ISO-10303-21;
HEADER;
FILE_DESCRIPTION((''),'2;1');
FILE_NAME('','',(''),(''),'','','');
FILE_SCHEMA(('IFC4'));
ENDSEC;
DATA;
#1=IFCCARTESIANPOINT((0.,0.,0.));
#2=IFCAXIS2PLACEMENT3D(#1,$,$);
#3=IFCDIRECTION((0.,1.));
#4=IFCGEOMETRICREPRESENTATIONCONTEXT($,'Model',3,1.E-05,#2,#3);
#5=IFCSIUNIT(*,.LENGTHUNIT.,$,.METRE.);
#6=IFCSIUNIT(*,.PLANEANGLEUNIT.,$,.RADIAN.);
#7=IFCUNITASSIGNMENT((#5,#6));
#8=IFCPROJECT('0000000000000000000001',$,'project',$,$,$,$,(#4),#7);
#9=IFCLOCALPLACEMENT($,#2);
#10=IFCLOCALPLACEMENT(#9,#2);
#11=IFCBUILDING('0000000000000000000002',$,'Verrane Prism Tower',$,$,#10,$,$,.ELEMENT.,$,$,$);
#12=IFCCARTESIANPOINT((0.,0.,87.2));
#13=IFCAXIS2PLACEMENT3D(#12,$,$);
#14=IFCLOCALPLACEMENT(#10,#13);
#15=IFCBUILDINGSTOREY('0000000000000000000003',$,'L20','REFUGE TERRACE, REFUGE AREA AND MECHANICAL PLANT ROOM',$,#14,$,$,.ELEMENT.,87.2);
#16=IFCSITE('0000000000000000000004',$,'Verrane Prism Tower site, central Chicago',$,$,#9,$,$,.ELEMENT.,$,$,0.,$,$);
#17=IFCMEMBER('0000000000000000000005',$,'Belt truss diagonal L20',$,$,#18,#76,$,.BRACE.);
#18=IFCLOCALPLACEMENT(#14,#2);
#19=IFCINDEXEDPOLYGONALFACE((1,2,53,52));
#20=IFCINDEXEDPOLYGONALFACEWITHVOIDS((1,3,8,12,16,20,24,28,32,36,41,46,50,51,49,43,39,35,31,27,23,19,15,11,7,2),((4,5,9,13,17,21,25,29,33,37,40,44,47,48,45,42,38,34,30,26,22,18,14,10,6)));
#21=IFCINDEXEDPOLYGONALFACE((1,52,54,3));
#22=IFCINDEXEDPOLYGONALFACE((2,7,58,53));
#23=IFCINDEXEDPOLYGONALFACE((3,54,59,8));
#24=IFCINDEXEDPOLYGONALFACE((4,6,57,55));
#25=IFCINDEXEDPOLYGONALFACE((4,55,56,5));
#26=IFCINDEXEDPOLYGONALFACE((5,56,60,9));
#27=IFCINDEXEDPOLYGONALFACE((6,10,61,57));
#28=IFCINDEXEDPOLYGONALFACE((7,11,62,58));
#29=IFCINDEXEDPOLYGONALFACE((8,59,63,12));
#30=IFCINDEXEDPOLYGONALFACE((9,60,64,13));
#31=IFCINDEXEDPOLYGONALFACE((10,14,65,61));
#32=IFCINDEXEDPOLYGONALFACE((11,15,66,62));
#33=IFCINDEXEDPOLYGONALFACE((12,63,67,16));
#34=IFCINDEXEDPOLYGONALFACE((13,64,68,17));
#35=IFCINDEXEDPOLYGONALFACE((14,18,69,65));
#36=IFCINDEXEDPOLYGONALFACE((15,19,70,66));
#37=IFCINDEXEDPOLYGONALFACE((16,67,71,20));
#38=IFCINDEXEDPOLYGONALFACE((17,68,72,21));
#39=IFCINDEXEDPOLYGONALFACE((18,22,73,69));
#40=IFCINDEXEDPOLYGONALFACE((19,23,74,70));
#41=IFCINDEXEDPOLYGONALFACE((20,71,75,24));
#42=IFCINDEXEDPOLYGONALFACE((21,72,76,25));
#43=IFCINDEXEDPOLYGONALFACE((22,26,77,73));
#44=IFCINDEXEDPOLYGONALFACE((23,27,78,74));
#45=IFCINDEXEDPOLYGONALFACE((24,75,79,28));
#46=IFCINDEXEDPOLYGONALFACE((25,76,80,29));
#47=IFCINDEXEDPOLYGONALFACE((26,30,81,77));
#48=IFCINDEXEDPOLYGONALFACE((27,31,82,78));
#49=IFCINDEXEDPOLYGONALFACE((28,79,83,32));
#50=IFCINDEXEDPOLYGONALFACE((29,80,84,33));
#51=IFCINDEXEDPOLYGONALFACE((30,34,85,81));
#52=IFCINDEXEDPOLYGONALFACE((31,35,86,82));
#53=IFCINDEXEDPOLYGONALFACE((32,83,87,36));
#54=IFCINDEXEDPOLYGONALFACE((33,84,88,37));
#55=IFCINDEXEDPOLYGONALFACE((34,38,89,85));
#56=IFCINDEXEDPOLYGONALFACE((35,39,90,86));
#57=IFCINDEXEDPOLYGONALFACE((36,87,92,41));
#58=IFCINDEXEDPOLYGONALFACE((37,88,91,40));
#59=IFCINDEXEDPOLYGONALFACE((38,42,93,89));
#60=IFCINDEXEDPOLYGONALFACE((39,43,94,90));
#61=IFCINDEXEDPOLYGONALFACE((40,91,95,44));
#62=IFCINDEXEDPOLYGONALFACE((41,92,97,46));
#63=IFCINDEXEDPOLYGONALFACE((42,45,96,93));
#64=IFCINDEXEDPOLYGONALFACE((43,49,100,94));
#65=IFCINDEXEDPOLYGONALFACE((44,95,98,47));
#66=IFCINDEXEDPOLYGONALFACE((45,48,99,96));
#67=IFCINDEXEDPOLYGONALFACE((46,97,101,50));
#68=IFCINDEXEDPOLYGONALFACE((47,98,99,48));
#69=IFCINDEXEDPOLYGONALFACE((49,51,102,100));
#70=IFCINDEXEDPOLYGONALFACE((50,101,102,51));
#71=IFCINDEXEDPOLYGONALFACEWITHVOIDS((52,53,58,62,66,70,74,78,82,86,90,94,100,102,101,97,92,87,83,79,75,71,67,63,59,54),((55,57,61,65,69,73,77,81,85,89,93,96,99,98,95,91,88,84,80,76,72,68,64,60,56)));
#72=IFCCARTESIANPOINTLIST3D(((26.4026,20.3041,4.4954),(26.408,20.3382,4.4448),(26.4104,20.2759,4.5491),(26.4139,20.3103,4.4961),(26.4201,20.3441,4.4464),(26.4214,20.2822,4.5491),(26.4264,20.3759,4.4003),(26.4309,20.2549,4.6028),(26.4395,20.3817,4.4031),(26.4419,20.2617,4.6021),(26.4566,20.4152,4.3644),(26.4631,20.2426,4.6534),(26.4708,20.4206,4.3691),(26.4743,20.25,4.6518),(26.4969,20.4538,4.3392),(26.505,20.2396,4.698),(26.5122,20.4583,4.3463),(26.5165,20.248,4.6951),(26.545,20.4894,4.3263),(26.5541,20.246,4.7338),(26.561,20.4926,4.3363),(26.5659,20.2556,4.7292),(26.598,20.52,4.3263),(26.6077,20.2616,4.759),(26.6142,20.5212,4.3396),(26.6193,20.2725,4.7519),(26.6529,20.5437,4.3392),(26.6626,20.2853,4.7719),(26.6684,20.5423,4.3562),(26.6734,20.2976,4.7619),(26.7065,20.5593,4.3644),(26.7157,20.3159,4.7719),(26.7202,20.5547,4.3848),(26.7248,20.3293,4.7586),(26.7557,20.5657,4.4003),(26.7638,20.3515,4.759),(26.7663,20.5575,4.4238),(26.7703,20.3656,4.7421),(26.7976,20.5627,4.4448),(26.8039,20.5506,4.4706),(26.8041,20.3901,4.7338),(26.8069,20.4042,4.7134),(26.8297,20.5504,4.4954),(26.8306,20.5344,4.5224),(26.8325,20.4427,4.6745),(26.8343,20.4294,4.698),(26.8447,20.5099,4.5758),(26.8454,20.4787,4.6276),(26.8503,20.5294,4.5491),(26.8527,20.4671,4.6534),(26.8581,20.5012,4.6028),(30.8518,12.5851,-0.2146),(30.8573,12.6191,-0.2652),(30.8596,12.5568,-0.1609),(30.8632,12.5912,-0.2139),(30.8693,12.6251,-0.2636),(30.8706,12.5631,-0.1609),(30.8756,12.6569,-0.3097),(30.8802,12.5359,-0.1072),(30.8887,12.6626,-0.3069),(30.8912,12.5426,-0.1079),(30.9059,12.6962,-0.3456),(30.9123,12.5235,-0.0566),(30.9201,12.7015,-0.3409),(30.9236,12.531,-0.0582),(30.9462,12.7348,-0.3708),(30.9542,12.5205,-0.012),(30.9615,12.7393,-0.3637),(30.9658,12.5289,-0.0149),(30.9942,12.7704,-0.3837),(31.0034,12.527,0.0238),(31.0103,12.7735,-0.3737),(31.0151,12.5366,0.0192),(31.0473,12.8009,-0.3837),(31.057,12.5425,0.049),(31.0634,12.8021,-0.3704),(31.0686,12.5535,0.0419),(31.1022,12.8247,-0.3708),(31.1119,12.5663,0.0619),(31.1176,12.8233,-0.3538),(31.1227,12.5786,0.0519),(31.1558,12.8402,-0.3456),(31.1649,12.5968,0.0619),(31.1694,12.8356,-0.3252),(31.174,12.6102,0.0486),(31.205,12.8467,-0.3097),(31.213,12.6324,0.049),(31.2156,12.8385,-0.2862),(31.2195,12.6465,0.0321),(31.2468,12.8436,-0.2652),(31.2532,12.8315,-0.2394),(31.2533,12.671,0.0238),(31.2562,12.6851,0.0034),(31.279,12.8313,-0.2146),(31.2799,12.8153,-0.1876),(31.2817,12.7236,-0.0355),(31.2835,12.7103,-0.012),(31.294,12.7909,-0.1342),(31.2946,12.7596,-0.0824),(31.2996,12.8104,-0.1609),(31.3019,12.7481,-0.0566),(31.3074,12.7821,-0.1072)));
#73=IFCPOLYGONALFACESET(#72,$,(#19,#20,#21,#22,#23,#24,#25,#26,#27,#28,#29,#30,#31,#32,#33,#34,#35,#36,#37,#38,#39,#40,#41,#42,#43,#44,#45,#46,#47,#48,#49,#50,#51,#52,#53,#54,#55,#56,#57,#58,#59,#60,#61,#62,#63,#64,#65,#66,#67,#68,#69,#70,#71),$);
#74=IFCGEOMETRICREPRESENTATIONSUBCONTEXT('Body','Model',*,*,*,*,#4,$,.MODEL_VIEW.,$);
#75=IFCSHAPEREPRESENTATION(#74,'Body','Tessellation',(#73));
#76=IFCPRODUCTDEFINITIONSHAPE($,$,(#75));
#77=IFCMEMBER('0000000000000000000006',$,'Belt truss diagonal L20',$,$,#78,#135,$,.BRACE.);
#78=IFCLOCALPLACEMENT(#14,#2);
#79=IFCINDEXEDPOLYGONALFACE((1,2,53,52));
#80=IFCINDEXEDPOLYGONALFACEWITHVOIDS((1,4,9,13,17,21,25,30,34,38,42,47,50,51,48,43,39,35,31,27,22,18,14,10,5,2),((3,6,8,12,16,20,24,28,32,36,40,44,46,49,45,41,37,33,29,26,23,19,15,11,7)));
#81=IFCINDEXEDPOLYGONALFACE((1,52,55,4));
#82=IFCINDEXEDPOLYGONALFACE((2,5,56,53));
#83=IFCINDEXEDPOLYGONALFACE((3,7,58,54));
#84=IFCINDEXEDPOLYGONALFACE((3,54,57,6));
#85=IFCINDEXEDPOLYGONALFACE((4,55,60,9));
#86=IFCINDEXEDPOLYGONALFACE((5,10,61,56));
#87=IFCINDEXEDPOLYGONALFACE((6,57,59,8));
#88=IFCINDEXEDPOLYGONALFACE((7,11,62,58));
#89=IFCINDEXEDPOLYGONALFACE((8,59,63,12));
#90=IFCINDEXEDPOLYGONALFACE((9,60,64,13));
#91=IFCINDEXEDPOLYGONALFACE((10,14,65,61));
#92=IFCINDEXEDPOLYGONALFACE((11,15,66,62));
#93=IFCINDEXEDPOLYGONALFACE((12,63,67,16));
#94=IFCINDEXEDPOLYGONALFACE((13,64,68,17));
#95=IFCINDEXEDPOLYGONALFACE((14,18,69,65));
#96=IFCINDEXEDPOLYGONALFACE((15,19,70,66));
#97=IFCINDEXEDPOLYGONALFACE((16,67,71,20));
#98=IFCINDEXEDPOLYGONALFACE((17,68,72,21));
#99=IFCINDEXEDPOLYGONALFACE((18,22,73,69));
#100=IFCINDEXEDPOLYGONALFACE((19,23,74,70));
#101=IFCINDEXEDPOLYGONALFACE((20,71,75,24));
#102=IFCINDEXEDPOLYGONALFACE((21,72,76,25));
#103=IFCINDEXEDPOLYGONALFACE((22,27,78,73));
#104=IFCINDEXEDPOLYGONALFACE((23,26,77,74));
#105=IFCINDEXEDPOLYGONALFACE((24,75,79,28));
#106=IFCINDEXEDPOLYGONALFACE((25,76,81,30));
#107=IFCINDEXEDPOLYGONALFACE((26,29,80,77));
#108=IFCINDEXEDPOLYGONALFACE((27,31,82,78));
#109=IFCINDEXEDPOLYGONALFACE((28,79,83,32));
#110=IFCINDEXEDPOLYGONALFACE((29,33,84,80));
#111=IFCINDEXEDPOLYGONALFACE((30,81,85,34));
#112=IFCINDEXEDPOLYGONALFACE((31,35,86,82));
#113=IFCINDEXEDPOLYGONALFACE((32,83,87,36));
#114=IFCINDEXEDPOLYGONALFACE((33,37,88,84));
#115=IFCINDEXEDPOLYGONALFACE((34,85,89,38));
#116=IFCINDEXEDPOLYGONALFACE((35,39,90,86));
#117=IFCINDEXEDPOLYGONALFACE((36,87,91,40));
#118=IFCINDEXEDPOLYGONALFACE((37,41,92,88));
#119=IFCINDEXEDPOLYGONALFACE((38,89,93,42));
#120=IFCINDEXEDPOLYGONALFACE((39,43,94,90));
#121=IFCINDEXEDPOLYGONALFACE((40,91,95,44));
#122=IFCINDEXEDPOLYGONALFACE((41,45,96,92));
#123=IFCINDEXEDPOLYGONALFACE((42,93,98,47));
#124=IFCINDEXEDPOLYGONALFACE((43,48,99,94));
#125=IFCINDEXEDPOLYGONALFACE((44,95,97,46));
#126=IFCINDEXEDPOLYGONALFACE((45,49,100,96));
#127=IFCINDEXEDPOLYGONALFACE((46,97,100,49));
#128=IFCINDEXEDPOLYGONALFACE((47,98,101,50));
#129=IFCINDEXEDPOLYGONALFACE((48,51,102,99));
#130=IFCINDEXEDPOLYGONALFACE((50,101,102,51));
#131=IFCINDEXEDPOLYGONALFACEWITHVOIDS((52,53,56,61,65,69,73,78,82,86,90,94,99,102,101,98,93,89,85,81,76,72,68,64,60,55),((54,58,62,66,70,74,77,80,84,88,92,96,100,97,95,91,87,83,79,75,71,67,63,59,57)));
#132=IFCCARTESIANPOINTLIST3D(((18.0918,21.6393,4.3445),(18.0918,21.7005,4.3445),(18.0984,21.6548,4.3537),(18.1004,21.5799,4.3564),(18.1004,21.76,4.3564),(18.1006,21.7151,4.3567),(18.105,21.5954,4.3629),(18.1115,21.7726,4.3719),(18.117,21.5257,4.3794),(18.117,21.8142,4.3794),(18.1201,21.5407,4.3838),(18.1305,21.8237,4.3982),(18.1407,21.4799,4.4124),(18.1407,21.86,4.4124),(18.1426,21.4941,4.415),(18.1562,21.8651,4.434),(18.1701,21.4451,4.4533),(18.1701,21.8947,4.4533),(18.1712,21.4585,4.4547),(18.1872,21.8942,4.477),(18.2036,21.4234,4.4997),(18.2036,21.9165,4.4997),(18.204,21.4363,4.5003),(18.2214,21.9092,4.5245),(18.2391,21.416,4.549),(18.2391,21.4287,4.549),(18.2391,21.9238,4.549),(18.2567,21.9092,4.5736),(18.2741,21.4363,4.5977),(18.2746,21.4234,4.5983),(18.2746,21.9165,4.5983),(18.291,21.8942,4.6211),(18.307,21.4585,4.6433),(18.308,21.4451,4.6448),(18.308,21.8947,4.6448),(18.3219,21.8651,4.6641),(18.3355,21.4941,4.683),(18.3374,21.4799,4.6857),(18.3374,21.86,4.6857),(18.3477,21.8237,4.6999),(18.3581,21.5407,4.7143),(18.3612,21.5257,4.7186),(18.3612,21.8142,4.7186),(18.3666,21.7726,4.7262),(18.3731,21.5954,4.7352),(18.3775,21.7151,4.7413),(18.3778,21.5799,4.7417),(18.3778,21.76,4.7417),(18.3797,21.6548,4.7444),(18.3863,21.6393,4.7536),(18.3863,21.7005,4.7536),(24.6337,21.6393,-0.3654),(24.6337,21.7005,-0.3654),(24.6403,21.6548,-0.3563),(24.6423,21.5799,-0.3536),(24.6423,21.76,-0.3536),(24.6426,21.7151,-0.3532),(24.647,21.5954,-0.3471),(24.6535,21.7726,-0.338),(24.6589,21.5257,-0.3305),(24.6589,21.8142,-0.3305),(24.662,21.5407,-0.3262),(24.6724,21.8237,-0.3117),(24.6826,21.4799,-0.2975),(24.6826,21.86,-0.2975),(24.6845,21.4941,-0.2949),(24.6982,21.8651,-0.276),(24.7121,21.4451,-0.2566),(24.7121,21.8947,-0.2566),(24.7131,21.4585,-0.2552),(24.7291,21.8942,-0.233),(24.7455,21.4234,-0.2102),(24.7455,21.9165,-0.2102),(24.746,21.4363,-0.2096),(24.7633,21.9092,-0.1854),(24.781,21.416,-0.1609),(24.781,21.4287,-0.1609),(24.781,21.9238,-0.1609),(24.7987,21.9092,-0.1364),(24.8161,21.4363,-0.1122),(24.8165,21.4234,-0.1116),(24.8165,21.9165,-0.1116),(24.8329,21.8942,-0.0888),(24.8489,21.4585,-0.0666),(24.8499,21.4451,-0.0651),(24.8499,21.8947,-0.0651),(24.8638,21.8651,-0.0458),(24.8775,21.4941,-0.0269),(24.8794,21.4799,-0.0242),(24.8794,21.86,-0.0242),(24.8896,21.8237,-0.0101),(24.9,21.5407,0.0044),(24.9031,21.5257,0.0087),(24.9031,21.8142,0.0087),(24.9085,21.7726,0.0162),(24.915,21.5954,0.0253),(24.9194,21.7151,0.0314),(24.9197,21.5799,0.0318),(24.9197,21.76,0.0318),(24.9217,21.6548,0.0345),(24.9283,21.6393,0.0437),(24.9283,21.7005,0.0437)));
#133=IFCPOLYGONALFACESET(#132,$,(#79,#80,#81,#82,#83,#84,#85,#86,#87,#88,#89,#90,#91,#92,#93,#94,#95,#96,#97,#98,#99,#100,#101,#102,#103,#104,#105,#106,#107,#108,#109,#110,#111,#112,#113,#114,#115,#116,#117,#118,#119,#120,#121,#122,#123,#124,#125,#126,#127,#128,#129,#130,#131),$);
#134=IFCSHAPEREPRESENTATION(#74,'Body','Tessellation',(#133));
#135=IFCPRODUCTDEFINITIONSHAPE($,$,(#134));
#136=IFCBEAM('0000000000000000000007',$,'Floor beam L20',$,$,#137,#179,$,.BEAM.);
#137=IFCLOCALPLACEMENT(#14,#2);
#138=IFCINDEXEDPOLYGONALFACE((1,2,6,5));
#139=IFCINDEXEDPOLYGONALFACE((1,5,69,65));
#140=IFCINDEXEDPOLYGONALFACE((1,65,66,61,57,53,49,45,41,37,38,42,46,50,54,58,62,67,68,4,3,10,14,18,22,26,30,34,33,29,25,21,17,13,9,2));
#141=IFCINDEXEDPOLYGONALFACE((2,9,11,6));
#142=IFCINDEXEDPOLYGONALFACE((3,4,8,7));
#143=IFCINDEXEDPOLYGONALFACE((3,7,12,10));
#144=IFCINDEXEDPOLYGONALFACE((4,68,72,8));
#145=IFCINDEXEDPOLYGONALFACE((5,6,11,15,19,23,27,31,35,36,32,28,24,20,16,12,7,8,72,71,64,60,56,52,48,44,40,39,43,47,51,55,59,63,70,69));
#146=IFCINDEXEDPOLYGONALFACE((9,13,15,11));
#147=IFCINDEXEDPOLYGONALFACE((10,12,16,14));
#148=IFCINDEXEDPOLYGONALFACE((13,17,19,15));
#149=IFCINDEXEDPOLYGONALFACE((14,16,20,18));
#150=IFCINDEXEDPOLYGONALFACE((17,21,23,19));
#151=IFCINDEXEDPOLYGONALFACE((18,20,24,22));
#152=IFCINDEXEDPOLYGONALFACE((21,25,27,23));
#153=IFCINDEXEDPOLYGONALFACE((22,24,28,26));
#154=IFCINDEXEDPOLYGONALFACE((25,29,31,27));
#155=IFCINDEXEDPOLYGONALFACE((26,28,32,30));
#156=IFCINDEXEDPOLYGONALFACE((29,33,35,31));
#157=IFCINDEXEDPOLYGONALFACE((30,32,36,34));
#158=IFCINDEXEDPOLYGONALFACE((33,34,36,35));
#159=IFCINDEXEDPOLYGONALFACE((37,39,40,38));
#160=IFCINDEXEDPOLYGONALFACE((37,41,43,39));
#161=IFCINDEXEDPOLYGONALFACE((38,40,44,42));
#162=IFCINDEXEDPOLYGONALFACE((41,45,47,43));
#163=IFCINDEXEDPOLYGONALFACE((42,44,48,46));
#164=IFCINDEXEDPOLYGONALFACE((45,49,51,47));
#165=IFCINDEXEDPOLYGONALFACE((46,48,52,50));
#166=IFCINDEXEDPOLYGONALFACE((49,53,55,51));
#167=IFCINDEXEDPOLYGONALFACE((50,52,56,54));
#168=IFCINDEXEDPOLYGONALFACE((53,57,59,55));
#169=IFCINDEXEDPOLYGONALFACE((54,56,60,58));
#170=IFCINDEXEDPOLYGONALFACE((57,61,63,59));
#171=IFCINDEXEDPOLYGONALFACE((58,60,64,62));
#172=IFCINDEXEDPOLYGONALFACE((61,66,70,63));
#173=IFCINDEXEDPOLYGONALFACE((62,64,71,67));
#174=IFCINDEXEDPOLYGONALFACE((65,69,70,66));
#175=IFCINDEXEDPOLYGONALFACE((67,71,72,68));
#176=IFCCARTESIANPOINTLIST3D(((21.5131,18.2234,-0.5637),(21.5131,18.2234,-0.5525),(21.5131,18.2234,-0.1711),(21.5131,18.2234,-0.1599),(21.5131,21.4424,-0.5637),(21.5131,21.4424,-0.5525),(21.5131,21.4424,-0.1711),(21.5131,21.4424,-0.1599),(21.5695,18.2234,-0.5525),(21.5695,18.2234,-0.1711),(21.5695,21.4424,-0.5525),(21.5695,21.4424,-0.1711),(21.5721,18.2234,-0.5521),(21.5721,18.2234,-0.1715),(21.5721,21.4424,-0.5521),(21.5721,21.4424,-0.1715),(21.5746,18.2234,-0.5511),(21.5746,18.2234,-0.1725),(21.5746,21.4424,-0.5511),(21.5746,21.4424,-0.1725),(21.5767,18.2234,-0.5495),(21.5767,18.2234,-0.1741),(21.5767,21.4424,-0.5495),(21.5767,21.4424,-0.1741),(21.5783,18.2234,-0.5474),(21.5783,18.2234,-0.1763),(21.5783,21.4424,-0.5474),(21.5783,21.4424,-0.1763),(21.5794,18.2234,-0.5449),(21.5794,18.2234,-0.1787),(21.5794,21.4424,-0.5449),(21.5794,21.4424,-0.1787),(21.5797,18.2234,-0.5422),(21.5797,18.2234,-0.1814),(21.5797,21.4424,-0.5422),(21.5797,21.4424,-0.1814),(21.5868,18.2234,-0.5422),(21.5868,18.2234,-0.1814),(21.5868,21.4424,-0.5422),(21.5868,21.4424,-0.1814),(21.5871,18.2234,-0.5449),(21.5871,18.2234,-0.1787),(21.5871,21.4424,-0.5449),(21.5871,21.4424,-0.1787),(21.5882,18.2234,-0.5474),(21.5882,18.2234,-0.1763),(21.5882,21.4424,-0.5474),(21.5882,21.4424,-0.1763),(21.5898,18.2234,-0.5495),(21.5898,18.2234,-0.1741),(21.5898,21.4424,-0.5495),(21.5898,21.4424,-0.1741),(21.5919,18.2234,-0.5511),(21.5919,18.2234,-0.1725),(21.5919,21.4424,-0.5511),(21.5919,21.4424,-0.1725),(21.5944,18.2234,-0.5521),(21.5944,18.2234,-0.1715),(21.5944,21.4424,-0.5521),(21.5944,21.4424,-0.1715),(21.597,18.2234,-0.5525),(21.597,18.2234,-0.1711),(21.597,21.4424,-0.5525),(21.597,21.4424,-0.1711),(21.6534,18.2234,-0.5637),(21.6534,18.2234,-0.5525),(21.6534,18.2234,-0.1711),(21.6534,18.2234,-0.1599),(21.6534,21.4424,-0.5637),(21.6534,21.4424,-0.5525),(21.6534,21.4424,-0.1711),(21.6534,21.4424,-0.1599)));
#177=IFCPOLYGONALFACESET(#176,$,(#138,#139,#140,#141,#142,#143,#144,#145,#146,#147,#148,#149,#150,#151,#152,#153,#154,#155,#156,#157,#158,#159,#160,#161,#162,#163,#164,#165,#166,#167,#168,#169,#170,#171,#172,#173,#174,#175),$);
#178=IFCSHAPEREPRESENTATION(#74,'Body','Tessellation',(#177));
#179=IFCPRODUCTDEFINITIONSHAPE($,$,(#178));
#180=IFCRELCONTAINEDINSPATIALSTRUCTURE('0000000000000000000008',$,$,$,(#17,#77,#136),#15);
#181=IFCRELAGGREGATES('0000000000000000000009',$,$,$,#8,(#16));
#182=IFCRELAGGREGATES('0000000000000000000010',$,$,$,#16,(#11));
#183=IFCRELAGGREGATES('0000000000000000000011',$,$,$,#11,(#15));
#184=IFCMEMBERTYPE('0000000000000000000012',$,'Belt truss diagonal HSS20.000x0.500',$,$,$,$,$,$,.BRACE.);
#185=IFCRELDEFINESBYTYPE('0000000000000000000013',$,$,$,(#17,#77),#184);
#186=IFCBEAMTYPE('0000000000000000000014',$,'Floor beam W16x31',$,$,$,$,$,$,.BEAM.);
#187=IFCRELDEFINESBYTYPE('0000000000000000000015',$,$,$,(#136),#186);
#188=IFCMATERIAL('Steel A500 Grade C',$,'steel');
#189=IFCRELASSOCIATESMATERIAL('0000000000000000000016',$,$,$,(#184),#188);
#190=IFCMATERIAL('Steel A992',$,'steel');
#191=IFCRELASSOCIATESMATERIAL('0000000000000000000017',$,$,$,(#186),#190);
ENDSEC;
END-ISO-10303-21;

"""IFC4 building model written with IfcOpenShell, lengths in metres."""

from ifc_helpers import new_model, si_unit, direction, frame, origin, origin_2d, place, context, subcontext, project, spatial, hollow_circle, i_section, extrude, material, material_profile, profile_set, type_object, element, save


model = new_model("IFC4")

# Units and contexts
model_context = context("Model", 3, precision=1e-05, world=origin(), true_north=direction((0.0, 1.0)))
body_context = subcontext(model_context, "Body", "Model", "MODEL_VIEW")
ifc_project = project(units=[si_unit("LENGTHUNIT", "METRE"), si_unit("PLANEANGLEUNIT", "RADIAN")], contexts=[model_context])

# Site, building, storey
site_placement = place(None, origin())
site = spatial("IfcSite", under=ifc_project, at=site_placement, Name="Verrane Prism Tower site, central Chicago", CompositionType="ELEMENT", RefElevation=0.0)
building_placement = place(site_placement, origin())
building = spatial("IfcBuilding", under=site, at=building_placement, Name="Verrane Prism Tower", CompositionType="ELEMENT")
storey_placement = place(building_placement, frame((0.0, 0.0, 87.2)))
storey = spatial("IfcBuildingStorey", under=building, at=storey_placement, Name="L20", Description="REFUGE TERRACE, REFUGE AREA AND MECHANICAL PLANT ROOM", CompositionType="ELEMENT", Elevation=87.2)

# Members
ifc_material_1 = material(Name="Steel A500 Grade C", Category="steel")
ifc_material_profile_1 = material_profile(ifc_material_1, hollow_circle(Radius=0.2539, WallThickness=0.0127, at=origin_2d()), Name="HSS20.000x0.500")
ifc_profile_set_1 = profile_set([ifc_material_profile_1], Name="Steel A500 Grade C")
member_type_1 = type_object("IfcMemberType", Name="Belt truss diagonal HSS20.000x0.500", PredefinedType="BRACE", material=ifc_profile_set_1)
member_1_placement = place(storey_placement, frame((31.0796, 12.6836, -0.1609), z_axis=(-0.441487, 0.76594, 0.46736), x_axis=(-0.866382, -0.499382, 0.0)))
element("IfcMember", 1, at=member_1_placement, inside=storey, type_object=member_type_1, Name="Belt truss diagonal L20", PredefinedType="BRACE", context=body_context, shape_type="SweptSolid", body=[
    extrude(hollow_circle(Radius=0.2539, WallThickness=0.0127, at=origin_2d()), origin(), (0.0, 0.0, 1.0), 10.0779),
])
member_2_placement = place(storey_placement, frame((24.781, 21.6699, -0.1609), z_axis=(-0.81155, 0.0, 0.584282), x_axis=(0.0, -1.0, 0.0)))
element("IfcMember", 2, at=member_2_placement, inside=storey, type_object=member_type_1, Name="Belt truss diagonal L20", PredefinedType="BRACE", context=body_context, shape_type="SweptSolid", body=[
    extrude(hollow_circle(Radius=0.2539, WallThickness=0.0127, at=origin_2d()), origin(), (0.0, 0.0, 1.0), 8.061),
])

# Beam
ifc_material_2 = material(Name="Steel A992", Category="steel")
ifc_material_profile_2 = material_profile(ifc_material_2, i_section(OverallWidth=0.1404, OverallDepth=0.4038, WebThickness=0.0071, FlangeThickness=0.0112, FilletRadius=0.0103, at=origin_2d()), Name="W16x31")
ifc_profile_set_2 = profile_set([ifc_material_profile_2], Name="Steel A992")
beam_type_1 = type_object("IfcBeamType", Name="Floor beam W16x31", PredefinedType="BEAM", material=ifc_profile_set_2)
beam_1_placement = place(storey_placement, frame((21.5833, 18.2234, -0.3618), z_axis=(0.0, 1.0, 0.0), x_axis=(-1.0, 0.0, 0.0)))
element("IfcBeam", 3, at=beam_1_placement, inside=storey, type_object=beam_type_1, Name="Floor beam L20", PredefinedType="BEAM", context=body_context, shape_type="SweptSolid", body=[
    extrude(i_section(OverallWidth=0.1404, OverallDepth=0.4038, WebThickness=0.0071, FlangeThickness=0.0112, FilletRadius=0.0103, at=origin_2d()), origin(), (0.0, 0.0, 1.0), 3.219),
])

save(model, "model.ifc")
